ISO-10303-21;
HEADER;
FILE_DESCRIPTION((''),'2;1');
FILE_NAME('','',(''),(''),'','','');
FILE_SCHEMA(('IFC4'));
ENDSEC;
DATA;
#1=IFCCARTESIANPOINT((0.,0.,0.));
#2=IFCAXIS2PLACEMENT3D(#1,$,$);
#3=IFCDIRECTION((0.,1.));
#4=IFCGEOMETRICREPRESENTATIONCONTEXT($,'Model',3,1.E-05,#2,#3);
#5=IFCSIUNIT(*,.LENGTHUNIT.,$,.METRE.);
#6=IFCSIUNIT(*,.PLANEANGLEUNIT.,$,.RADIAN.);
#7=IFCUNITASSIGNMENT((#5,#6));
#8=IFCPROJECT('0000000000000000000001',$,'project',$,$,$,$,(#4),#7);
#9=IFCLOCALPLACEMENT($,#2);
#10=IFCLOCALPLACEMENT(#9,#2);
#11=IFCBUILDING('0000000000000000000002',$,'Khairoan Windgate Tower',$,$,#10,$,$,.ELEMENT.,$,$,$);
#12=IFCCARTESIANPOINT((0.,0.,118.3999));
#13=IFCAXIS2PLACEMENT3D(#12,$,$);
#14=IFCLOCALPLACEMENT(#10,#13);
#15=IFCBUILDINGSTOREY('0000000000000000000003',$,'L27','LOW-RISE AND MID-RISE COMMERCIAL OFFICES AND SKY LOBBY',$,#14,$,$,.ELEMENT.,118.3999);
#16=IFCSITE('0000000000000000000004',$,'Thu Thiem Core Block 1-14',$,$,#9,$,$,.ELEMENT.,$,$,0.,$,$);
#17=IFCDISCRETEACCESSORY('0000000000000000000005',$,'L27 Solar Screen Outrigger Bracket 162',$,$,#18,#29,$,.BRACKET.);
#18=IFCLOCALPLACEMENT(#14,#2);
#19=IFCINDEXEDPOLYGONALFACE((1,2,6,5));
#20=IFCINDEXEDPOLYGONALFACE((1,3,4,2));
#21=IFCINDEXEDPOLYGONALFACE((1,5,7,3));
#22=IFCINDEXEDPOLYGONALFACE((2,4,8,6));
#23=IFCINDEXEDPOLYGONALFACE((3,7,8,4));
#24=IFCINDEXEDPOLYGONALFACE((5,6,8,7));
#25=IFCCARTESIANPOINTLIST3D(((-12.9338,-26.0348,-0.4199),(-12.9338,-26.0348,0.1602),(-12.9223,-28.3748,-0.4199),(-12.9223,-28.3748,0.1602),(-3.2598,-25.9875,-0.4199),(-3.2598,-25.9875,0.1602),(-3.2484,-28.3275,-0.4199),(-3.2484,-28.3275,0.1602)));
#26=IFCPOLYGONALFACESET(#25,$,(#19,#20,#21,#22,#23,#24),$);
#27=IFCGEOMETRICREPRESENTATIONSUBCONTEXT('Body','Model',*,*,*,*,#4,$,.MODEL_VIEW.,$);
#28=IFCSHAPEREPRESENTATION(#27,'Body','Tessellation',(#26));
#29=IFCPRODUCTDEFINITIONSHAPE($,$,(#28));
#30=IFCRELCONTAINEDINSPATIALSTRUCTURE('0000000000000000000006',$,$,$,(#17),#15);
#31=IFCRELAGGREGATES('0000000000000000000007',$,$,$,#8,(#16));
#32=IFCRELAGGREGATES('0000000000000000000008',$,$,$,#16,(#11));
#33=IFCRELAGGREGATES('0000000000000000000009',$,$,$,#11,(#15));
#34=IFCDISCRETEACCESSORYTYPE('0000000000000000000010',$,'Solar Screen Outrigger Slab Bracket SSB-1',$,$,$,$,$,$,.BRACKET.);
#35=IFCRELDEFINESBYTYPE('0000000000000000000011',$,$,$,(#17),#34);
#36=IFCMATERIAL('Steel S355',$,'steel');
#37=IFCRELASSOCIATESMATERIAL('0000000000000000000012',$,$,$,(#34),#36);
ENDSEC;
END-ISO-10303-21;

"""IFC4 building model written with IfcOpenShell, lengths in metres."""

from ifc_helpers import new_model, si_unit, direction, frame, origin, origin_2d, place, context, subcontext, project, spatial, rectangle, extrude, material, type_object, element, save


model = new_model("IFC4")

# Units and contexts
model_context = context("Model", 3, precision=1e-05, world=origin(), true_north=direction((0.0, 1.0)))
body_context = subcontext(model_context, "Body", "Model", "MODEL_VIEW")
ifc_project = project(units=[si_unit("LENGTHUNIT", "METRE"), si_unit("PLANEANGLEUNIT", "RADIAN")], contexts=[model_context])

# Site, building, storey
site_placement = place(None, origin())
site = spatial("IfcSite", under=ifc_project, at=site_placement, Name="Thu Thiem Core Block 1-14", CompositionType="ELEMENT", RefElevation=0.0)
building_placement = place(site_placement, origin())
building = spatial("IfcBuilding", under=site, at=building_placement, Name="Khairoan Windgate Tower", CompositionType="ELEMENT")
storey_placement = place(building_placement, frame((0.0, 0.0, 118.3999)))
storey = spatial("IfcBuildingStorey", under=building, at=storey_placement, Name="L27", Description="LOW-RISE AND MID-RISE COMMERCIAL OFFICES AND SKY LOBBY", CompositionType="ELEMENT", Elevation=118.3999)

# Discrete accessory
ifc_material_1 = material(Name="Steel S355", Category="steel")
discrete_accessory_type = type_object("IfcDiscreteAccessoryType", Name="Solar Screen Outrigger Slab Bracket SSB-1", PredefinedType="BRACKET", material=ifc_material_1)
discrete_accessory_placement = place(storey_placement, frame((-8.0911, -27.1812, -0.4199), z_axis=(0.0, 0.0, 1.0), x_axis=(-0.999988, -0.004887, 0.0)))
element("IfcDiscreteAccessory", 1, at=discrete_accessory_placement, inside=storey, type_object=discrete_accessory_type, Name="L27 Solar Screen Outrigger Bracket 162", PredefinedType="BRACKET", context=body_context, shape_type="SweptSolid", body=[
    extrude(rectangle(XDim=9.6741, YDim=2.3401, at=origin_2d()), origin(), (0.0, 0.0, 1.0), 0.5801),
])

save(model, "model.ifc")
